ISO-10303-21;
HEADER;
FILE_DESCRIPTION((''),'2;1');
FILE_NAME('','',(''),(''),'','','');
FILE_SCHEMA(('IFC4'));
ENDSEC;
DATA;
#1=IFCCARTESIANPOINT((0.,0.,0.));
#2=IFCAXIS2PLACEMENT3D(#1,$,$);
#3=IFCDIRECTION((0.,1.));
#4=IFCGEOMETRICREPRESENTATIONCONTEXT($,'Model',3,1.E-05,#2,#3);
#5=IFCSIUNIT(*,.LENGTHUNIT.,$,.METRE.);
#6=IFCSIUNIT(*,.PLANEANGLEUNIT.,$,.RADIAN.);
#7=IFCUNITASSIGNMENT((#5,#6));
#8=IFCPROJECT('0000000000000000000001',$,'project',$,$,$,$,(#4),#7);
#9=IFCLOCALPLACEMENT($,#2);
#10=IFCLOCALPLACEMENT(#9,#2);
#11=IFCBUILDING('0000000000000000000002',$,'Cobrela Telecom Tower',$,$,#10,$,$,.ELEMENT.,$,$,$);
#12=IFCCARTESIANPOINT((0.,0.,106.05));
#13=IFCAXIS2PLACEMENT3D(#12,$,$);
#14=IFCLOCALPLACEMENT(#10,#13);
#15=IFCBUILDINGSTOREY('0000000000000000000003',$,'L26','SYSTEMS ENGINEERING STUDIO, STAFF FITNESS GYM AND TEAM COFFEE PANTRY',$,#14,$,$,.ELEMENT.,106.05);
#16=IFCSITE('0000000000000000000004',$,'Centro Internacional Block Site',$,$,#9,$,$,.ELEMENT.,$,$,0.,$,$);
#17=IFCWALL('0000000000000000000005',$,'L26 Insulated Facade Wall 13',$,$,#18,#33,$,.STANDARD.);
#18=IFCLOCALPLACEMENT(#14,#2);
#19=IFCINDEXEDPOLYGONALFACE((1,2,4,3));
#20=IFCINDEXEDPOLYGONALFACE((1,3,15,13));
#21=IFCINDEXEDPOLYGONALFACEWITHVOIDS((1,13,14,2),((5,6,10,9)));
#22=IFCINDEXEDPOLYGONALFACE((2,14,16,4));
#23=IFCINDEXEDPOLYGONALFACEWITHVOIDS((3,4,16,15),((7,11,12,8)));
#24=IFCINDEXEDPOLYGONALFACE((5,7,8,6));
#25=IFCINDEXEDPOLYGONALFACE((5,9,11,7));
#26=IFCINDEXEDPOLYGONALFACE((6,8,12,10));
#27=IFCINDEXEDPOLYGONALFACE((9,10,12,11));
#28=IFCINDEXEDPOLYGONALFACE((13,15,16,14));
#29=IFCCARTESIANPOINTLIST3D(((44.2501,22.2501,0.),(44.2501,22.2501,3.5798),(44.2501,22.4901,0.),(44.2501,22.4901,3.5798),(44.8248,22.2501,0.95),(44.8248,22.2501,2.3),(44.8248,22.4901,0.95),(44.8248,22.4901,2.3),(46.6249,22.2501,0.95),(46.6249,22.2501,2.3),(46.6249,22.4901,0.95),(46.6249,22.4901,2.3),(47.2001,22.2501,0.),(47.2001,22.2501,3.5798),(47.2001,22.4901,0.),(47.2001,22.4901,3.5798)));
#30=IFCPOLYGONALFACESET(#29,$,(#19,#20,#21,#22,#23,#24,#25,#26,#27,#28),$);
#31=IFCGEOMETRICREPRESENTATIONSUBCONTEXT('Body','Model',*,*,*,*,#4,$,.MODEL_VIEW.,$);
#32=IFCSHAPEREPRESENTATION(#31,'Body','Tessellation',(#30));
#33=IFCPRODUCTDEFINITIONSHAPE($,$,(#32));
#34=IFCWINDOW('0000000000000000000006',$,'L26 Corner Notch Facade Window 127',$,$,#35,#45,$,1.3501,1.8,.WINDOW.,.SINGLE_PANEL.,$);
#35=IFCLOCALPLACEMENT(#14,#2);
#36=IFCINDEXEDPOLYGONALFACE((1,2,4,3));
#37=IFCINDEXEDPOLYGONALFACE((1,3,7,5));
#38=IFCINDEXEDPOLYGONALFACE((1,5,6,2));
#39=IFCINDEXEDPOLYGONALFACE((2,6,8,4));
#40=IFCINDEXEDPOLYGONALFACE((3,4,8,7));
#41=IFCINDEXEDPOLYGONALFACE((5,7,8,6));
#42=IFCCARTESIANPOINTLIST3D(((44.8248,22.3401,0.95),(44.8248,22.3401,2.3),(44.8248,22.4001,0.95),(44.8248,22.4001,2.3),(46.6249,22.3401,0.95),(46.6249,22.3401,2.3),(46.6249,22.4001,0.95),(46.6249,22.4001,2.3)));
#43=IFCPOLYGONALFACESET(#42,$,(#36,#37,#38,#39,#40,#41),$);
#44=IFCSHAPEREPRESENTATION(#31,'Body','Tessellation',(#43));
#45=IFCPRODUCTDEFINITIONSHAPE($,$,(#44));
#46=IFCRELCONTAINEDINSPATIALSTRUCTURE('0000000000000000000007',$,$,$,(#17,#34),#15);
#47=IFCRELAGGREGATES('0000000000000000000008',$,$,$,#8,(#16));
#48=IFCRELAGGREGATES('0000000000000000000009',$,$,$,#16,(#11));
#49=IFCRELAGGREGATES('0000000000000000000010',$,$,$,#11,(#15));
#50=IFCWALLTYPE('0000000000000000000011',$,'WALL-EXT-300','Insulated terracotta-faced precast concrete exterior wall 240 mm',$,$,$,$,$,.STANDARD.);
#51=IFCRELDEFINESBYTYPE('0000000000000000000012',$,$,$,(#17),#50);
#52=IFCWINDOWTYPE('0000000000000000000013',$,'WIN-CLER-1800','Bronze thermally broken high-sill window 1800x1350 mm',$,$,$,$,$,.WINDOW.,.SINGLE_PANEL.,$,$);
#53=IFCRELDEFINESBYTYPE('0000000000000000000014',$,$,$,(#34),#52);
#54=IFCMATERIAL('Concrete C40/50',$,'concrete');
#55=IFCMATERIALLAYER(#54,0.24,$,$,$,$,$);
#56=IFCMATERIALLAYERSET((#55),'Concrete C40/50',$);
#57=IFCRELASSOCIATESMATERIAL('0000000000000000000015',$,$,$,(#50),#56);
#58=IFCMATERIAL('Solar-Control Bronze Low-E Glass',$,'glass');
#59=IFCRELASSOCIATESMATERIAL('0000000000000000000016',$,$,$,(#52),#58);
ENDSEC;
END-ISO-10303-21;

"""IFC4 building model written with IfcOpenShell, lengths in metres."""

from ifc_helpers import new_model, si_unit, direction, frame, frame_2d, origin, place, context, subcontext, project, spatial, rectangle, extrude, material, layer, layer_set, type_object, element, fill, save


model = new_model("IFC4")

# Units and contexts
model_context = context("Model", 3, precision=1e-05, world=origin(), true_north=direction((0.0, 1.0)))
body_context = subcontext(model_context, "Body", "Model", "MODEL_VIEW")
ifc_project = project(units=[si_unit("LENGTHUNIT", "METRE"), si_unit("PLANEANGLEUNIT", "RADIAN")], contexts=[model_context])

# Site, building, storey
site_placement = place(None, origin())
site = spatial("IfcSite", under=ifc_project, at=site_placement, Name="Centro Internacional Block Site", CompositionType="ELEMENT", RefElevation=0.0)
building_placement = place(site_placement, origin())
building = spatial("IfcBuilding", under=site, at=building_placement, Name="Cobrela Telecom Tower", CompositionType="ELEMENT")
storey_placement = place(building_placement, frame((0.0, 0.0, 106.05)))
storey = spatial("IfcBuildingStorey", under=building, at=storey_placement, Name="L26", Description="SYSTEMS ENGINEERING STUDIO, STAFF FITNESS GYM AND TEAM COFFEE PANTRY", CompositionType="ELEMENT", Elevation=106.05)

# Shared definitions
ifc_material_1 = material(Name="Solar-Control Bronze Low-E Glass", Category="glass")

# Wall, opening, window
ifc_material_2 = material(Name="Concrete C40/50", Category="concrete")
ifc_layer_1 = layer(ifc_material_2, 0.24)
ifc_layer_set_1 = layer_set([ifc_layer_1], Name="Concrete C40/50")
wall_type = type_object("IfcWallType", Name="WALL-EXT-300", Description="Insulated terracotta-faced precast concrete exterior wall 240 mm", PredefinedType="STANDARD", material=ifc_layer_set_1)
wall_1_placement = place(storey_placement, frame((44.25, 22.3701, 0.0), z_axis=(0.0, 0.0, 1.0), x_axis=(1.0, 0.0, 0.0)))
wall_1 = element("IfcWall", 1, at=wall_1_placement, inside=storey, type_object=wall_type, Name="L26 Insulated Facade Wall 13", PredefinedType="STANDARD", context=body_context, shape_type="SweptSolid", body=[
    extrude(rectangle(XDim=2.95, YDim=0.24, at=frame_2d((1.4751, 0.0))), origin(), (0.0, 0.0, 1.0), 3.5798),
])
opening_1_placement = place(wall_1_placement, frame((0.575, 0.0, 0.95)))
opening_1 = element("IfcOpeningElement", 2, at=opening_1_placement, cuts=wall_1, PredefinedType="OPENING", context=body_context, shape_type="SweptSolid", body=[
    extrude(rectangle(XDim=1.8, YDim=1.3501, at=frame_2d((0.8999, 0.675))), frame((0.0, 0.1318, 0.0), z_axis=(0.0, -1.0, 0.0), x_axis=(1.0, 0.0, 0.0)), (0.0, 0.0, 1.0), 0.2639),
])
window_type_1 = type_object("IfcWindowType", Name="WIN-CLER-1800", Description="Bronze thermally broken high-sill window 1800x1350 mm", PartitioningType="SINGLE_PANEL", PredefinedType="WINDOW", material=ifc_material_1)
window_1_placement = place(opening_1_placement, origin())
window_1 = element("IfcWindow", 3, at=window_1_placement, inside=storey, type_object=window_type_1, Name="L26 Corner Notch Facade Window 127", OverallHeight=1.3501, OverallWidth=1.8, PartitioningType="SINGLE_PANEL", PredefinedType="WINDOW", context=body_context, shape_type="SweptSolid", body=[
    extrude(rectangle(XDim=1.8, YDim=1.3501, at=frame_2d((0.8999, 0.675))), frame((0.0, 0.03, 0.0), z_axis=(0.0, -1.0, 0.0), x_axis=(1.0, 0.0, 0.0)), (0.0, 0.0, 1.0), 0.0601),
])
fill(opening_1, window_1)

save(model, "model.ifc")
